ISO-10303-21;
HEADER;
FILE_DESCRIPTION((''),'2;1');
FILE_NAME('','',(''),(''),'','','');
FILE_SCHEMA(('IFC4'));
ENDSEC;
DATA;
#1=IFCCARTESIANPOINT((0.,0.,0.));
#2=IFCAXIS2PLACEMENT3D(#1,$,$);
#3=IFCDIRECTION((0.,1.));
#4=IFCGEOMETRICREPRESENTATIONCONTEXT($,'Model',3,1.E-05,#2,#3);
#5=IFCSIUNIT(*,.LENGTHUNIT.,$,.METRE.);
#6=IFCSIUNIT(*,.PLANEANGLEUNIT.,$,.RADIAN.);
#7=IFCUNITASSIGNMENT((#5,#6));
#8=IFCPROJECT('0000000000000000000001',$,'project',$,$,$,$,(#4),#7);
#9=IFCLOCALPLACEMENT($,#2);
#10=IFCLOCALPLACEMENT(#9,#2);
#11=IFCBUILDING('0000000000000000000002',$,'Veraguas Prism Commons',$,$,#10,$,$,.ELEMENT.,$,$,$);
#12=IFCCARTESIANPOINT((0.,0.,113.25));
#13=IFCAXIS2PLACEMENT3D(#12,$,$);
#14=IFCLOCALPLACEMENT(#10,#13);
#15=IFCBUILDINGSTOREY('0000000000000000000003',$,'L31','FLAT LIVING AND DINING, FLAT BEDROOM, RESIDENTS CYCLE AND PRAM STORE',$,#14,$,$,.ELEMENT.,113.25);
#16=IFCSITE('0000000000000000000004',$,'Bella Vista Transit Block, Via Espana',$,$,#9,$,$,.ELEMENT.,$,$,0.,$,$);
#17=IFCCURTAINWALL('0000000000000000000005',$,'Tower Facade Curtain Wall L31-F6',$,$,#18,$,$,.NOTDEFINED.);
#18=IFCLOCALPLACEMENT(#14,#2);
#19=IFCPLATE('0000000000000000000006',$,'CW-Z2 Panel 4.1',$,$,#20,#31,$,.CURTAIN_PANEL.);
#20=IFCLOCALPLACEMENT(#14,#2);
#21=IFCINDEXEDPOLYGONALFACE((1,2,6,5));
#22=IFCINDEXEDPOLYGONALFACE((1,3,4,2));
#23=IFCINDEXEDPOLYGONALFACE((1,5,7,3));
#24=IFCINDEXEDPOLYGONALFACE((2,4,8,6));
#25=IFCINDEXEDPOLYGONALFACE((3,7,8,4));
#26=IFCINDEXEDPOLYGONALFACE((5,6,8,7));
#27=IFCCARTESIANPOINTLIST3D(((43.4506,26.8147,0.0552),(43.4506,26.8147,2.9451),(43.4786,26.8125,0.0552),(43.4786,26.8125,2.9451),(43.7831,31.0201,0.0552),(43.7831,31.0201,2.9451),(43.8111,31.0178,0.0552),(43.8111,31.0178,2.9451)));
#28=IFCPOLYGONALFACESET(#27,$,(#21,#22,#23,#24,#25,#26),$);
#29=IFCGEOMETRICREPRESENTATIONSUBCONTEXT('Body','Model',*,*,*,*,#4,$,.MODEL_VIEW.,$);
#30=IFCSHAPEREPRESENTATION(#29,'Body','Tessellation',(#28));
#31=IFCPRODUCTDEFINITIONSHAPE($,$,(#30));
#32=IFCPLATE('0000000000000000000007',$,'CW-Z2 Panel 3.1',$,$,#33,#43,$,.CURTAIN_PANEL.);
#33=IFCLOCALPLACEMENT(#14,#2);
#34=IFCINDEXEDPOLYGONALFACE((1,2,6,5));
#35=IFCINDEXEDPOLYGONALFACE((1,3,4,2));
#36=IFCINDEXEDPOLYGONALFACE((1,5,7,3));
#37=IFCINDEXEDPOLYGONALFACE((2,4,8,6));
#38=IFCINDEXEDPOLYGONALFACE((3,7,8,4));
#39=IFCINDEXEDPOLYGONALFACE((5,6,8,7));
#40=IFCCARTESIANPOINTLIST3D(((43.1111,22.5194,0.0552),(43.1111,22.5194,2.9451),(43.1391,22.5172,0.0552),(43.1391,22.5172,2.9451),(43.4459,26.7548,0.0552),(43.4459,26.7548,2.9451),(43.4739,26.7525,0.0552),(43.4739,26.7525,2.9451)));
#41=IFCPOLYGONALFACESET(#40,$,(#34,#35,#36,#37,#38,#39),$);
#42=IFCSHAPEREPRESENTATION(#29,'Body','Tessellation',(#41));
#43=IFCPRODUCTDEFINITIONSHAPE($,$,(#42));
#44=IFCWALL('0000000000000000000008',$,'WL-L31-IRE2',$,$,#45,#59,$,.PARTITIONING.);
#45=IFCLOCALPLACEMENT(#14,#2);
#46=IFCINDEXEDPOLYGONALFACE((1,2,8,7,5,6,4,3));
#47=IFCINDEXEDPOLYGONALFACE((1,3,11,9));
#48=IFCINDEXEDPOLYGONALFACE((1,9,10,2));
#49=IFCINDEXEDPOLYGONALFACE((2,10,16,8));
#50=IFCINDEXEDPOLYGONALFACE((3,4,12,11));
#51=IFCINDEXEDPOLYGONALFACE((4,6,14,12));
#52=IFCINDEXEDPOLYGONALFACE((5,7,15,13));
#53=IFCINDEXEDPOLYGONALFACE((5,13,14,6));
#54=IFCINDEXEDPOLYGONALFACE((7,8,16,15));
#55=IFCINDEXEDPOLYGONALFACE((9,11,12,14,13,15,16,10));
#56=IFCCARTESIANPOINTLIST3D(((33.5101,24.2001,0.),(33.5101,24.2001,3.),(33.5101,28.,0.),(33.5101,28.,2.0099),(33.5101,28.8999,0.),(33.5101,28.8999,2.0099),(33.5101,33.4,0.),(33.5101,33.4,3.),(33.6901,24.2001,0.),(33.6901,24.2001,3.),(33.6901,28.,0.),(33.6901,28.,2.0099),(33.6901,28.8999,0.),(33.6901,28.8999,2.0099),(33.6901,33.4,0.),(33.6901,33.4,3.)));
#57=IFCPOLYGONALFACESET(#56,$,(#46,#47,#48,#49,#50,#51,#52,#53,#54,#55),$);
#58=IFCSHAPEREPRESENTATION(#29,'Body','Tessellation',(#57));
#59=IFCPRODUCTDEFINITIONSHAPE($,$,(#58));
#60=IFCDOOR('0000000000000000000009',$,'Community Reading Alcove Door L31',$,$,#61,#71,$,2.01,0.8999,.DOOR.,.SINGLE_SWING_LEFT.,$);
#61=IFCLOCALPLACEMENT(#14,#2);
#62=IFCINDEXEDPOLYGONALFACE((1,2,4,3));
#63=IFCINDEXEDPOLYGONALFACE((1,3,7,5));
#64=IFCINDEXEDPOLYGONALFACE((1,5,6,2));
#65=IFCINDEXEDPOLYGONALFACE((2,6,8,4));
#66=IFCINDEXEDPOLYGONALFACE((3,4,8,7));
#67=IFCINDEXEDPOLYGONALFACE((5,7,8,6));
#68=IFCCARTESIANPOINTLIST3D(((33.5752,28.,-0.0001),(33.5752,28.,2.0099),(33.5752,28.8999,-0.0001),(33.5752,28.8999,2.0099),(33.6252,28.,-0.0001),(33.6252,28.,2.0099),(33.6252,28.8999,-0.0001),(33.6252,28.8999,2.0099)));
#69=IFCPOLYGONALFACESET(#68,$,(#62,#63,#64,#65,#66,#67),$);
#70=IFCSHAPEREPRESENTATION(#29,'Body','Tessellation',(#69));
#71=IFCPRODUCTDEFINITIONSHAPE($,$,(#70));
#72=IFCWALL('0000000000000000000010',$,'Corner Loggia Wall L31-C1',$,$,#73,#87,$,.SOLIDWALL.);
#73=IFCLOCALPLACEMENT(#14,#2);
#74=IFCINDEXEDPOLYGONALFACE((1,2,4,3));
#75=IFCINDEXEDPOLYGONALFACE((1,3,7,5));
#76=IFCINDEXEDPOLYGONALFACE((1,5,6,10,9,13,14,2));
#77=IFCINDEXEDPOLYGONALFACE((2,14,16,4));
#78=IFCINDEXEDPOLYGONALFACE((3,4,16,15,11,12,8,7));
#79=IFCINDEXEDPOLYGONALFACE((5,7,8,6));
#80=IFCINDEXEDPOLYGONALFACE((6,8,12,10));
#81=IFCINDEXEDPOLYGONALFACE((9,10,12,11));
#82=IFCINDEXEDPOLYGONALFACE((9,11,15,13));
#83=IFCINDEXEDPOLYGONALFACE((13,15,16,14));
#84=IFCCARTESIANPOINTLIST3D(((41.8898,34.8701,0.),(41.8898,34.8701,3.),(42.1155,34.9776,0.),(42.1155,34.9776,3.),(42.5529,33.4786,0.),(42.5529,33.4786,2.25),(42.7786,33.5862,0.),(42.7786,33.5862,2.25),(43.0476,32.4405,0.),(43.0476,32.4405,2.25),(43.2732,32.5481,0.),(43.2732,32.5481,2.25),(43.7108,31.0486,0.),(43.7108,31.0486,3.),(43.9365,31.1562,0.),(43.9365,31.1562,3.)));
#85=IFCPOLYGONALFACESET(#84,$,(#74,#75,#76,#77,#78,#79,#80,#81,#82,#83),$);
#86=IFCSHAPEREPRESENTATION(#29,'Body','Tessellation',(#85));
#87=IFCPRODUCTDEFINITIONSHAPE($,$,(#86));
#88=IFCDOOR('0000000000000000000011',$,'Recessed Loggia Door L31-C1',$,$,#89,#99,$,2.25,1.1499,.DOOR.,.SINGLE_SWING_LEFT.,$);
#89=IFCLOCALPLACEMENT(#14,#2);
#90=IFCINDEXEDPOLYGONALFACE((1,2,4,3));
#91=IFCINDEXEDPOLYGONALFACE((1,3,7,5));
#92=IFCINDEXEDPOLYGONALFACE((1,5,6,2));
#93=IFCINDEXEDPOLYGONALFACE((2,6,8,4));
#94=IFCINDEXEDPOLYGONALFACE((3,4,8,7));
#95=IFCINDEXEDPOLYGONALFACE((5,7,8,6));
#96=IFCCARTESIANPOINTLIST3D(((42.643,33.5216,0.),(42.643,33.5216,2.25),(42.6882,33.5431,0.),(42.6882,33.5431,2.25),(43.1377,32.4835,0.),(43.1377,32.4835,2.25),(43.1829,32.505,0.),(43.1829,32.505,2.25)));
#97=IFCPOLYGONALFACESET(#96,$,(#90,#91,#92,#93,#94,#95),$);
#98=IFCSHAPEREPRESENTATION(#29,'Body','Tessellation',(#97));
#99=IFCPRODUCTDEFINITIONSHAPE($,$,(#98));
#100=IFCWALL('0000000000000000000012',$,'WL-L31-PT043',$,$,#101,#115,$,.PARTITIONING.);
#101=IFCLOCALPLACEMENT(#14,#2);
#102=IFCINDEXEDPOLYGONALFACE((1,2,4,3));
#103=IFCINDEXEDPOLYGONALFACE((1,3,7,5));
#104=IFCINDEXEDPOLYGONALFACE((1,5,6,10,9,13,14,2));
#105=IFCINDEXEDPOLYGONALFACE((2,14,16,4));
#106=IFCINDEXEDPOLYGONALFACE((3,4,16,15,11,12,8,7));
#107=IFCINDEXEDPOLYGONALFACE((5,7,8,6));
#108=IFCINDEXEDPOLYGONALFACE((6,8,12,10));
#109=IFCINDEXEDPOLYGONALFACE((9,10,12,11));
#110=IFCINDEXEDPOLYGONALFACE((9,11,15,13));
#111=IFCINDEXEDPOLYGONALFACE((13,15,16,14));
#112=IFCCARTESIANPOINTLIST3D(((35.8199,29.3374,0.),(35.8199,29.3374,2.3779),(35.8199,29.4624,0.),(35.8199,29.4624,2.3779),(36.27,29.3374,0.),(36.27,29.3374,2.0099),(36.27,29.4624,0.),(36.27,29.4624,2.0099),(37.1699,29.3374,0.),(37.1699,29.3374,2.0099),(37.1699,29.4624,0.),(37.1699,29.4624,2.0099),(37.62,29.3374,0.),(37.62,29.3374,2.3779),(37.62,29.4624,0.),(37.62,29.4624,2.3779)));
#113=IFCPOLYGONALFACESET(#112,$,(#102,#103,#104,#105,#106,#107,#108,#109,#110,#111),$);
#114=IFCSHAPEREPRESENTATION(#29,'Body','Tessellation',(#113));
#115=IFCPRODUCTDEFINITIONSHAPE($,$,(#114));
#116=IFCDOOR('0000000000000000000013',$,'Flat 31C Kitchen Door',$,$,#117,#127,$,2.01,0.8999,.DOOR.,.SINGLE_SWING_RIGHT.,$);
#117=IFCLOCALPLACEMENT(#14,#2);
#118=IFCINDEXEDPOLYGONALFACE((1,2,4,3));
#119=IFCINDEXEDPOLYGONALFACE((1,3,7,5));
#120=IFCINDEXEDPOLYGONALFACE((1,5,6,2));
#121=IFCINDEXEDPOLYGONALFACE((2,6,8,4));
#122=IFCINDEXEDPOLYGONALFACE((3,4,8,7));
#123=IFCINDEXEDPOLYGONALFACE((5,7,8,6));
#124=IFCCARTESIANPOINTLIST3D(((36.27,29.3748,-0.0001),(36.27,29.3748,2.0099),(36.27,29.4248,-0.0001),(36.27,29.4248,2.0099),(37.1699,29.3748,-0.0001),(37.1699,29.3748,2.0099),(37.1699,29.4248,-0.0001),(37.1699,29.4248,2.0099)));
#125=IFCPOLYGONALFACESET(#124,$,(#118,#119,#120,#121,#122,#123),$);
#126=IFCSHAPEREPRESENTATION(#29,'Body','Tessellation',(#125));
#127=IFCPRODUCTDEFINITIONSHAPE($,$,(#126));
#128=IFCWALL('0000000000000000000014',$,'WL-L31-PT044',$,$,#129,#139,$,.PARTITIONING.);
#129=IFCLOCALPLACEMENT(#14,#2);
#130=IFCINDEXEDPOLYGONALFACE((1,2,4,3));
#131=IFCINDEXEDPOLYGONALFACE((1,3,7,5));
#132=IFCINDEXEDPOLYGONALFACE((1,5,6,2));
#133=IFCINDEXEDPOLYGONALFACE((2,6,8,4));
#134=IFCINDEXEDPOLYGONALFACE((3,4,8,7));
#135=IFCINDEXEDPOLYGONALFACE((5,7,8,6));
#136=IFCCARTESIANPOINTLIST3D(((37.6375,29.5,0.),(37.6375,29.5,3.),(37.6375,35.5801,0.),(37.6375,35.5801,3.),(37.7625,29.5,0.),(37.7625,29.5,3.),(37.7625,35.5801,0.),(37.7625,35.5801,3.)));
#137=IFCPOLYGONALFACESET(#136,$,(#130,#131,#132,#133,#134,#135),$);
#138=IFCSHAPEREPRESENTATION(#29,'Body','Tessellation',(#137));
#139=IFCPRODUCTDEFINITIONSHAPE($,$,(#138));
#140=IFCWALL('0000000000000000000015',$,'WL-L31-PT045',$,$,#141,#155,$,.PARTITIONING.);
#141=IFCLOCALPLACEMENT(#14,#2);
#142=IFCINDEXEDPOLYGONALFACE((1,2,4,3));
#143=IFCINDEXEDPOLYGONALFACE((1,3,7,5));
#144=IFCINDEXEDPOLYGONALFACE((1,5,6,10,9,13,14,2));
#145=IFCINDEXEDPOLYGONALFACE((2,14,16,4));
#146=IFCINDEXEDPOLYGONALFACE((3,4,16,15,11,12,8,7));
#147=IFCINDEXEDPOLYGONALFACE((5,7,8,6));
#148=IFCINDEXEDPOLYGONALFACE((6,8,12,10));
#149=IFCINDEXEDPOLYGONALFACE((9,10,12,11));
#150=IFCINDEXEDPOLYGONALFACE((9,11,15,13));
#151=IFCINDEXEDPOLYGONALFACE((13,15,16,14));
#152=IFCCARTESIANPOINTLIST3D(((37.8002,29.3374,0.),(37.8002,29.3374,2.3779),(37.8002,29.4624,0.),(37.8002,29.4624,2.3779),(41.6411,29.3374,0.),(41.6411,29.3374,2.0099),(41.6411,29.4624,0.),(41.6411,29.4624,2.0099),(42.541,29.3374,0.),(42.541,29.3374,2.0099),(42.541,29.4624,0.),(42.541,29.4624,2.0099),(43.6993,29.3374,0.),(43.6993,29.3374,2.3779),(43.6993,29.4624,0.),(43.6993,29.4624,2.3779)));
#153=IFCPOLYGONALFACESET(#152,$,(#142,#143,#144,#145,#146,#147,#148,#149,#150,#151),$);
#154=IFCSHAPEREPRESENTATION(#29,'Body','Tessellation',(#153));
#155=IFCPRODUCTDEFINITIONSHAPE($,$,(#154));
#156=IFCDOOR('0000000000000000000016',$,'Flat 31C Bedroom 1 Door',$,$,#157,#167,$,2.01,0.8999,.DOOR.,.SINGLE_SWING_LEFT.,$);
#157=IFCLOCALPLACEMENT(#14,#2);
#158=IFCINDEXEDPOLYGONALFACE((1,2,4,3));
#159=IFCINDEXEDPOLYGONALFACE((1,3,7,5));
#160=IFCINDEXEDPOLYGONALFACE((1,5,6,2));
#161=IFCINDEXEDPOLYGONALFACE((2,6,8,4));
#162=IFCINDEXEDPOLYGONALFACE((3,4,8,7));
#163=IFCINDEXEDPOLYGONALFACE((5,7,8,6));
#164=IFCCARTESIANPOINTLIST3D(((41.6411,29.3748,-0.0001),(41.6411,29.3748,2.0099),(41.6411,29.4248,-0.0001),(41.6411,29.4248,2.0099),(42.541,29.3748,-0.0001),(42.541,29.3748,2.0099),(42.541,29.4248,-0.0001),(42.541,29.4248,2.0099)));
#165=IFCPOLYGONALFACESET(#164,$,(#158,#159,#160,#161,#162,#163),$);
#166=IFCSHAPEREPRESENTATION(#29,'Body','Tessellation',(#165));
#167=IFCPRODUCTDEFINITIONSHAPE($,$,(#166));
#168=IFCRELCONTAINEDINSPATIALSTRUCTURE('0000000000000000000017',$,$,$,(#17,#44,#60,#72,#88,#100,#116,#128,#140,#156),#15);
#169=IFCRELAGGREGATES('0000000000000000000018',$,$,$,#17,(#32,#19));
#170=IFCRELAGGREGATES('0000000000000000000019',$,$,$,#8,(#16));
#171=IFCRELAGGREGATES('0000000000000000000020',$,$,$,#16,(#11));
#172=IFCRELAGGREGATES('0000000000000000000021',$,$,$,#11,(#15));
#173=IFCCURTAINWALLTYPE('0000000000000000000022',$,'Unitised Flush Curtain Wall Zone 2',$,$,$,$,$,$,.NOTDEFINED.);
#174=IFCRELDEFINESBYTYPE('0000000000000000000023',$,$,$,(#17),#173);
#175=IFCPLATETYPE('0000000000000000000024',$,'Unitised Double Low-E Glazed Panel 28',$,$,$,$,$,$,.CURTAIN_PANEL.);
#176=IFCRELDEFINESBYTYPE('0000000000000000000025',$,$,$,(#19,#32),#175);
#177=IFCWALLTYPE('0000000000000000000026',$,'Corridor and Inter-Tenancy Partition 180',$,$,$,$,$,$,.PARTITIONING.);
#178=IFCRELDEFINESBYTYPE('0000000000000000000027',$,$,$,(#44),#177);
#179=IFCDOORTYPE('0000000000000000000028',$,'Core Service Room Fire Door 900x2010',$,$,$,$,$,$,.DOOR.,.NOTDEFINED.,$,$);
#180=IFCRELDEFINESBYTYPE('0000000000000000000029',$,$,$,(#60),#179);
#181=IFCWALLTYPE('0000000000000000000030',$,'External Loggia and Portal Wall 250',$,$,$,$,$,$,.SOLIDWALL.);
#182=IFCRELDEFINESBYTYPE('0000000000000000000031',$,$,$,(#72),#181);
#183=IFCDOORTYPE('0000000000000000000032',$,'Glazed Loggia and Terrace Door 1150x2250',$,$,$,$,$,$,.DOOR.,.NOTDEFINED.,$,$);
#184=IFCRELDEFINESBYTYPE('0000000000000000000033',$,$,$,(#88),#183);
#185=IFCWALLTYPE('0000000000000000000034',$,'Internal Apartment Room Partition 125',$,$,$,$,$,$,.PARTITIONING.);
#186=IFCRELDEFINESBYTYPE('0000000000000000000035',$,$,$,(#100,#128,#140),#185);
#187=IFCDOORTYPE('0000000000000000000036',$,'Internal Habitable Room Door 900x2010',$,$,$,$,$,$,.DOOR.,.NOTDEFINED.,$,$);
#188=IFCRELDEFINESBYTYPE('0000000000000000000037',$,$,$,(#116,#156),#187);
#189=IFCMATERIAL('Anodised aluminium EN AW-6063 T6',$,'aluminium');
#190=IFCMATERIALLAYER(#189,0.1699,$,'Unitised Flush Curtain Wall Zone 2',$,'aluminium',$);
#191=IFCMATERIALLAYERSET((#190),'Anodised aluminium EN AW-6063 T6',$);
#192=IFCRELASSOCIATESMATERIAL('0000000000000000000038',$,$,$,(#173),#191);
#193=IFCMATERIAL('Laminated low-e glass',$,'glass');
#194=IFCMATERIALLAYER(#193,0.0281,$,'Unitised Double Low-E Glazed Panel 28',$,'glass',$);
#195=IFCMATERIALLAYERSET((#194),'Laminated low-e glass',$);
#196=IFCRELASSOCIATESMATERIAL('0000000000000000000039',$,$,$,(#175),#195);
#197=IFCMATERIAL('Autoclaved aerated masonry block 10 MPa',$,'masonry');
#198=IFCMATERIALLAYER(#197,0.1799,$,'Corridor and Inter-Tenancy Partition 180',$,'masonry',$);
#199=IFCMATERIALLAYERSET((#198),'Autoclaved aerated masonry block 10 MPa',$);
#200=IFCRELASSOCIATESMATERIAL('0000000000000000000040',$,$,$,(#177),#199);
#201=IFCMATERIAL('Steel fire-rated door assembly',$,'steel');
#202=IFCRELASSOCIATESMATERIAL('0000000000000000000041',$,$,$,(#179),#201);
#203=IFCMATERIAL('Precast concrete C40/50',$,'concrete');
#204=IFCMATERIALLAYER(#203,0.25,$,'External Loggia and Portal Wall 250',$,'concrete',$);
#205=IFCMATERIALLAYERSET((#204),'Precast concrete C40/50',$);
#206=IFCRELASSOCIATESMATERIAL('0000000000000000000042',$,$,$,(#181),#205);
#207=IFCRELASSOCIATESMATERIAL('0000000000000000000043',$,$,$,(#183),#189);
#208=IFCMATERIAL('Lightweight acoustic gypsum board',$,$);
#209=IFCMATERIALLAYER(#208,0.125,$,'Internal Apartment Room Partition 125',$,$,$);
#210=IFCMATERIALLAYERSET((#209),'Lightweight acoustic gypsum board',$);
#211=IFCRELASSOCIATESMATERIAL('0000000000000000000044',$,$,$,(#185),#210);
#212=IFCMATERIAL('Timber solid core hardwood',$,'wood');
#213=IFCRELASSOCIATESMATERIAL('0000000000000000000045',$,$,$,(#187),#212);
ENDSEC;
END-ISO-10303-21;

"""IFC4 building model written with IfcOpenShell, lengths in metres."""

from ifc_helpers import new_model, si_unit, direction, frame, frame_2d, origin, origin_2d, place, context, subcontext, project, spatial, rectangle, extrude, source, transform, mapped, material, layer, layer_set, type_object, element, fill, aggregate, save


model = new_model("IFC4")

# Units and contexts
model_context = context("Model", 3, precision=1e-05, world=origin(), true_north=direction((0.0, 1.0)))
body_context = subcontext(model_context, "Body", "Model", "MODEL_VIEW")
ifc_project = project(units=[si_unit("LENGTHUNIT", "METRE"), si_unit("PLANEANGLEUNIT", "RADIAN")], contexts=[model_context])

# Site, building, storey
site_placement = place(None, origin())
site = spatial("IfcSite", under=ifc_project, at=site_placement, Name="Bella Vista Transit Block, Via Espana", CompositionType="ELEMENT", RefElevation=0.0)
building_placement = place(site_placement, origin())
building = spatial("IfcBuilding", under=site, at=building_placement, Name="Veraguas Prism Commons", CompositionType="ELEMENT")
storey_placement = place(building_placement, frame((0.0, 0.0, 113.25)))
storey = spatial("IfcBuildingStorey", under=building, at=storey_placement, Name="L31", Description="FLAT LIVING AND DINING, FLAT BEDROOM, RESIDENTS CYCLE AND PRAM STORE", CompositionType="ELEMENT", Elevation=113.25)

# Curtain wall, plates
ifc_material_1 = material(Name="Anodised aluminium EN AW-6063 T6", Category="aluminium")
ifc_layer_1 = layer(ifc_material_1, 0.1699, Name="Unitised Flush Curtain Wall Zone 2", Category="aluminium")
ifc_layer_set_1 = layer_set([ifc_layer_1], Name="Anodised aluminium EN AW-6063 T6")
curtain_wall_type = type_object("IfcCurtainWallType", Name="Unitised Flush Curtain Wall Zone 2", PredefinedType="NOTDEFINED", material=ifc_layer_set_1)
curtain_wall_placement = place(storey_placement, origin())
curtain_wall = element("IfcCurtainWall", 1, at=curtain_wall_placement, inside=storey, type_object=curtain_wall_type, Name="Tower Facade Curtain Wall L31-F6", PredefinedType="NOTDEFINED")
ifc_material_2 = material(Name="Laminated low-e glass", Category="glass")
ifc_layer_2 = layer(ifc_material_2, 0.0281, Name="Unitised Double Low-E Glazed Panel 28", Category="glass")
ifc_layer_set_2 = layer_set([ifc_layer_2], Name="Laminated low-e glass")
plate_type = type_object("IfcPlateType", Name="Unitised Double Low-E Glazed Panel 28", PredefinedType="CURTAIN_PANEL", material=ifc_layer_set_2)
shared_shape_1 = source(origin(), body_context, "Body", "SweptSolid", [
    extrude(rectangle(XDim=4.2185, YDim=0.0281, at=origin_2d()), origin(), (0.0, 0.0, 1.0), 2.8899),
])
plate_1_placement = place(storey_placement, frame((43.6309, 28.9163, 0.0552), z_axis=(0.0, 0.0, 1.0), x_axis=(0.078807, 0.99689, 0.0)))
plate_1 = element("IfcPlate", 2, at=plate_1_placement, type_object=plate_type, Name="CW-Z2 Panel 4.1", PredefinedType="CURTAIN_PANEL", context=body_context, shape_type="MappedRepresentation", body=[
    mapped(shared_shape_1, transform((0.0, 0.0, 0.0), scale=1.0)),
])
shared_shape_2 = source(origin(), body_context, "Body", "SweptSolid", [
    extrude(rectangle(XDim=4.2485, YDim=0.0281, at=origin_2d()), origin(), (0.0, 0.0, 1.0), 2.8899),
])
plate_2_placement = place(storey_placement, frame((43.2925, 24.636, 0.0552), z_axis=(0.0, 0.0, 1.0), x_axis=(0.078807, 0.99689, 0.0)))
plate_2 = element("IfcPlate", 3, at=plate_2_placement, type_object=plate_type, Name="CW-Z2 Panel 3.1", PredefinedType="CURTAIN_PANEL", context=body_context, shape_type="MappedRepresentation", body=[
    mapped(shared_shape_2, transform((0.0, 0.0, 0.0), scale=1.0)),
])
aggregate(curtain_wall, [plate_2, plate_1])

# Walls, openings, doors
ifc_material_3 = material(Name="Autoclaved aerated masonry block 10 MPa", Category="masonry")
ifc_layer_3 = layer(ifc_material_3, 0.1799, Name="Corridor and Inter-Tenancy Partition 180", Category="masonry")
ifc_layer_set_3 = layer_set([ifc_layer_3], Name="Autoclaved aerated masonry block 10 MPa")
wall_type_1 = type_object("IfcWallType", Name="Corridor and Inter-Tenancy Partition 180", PredefinedType="PARTITIONING", material=ifc_layer_set_3)
wall_1_placement = place(storey_placement, frame((33.6001, 24.2, 0.0), z_axis=(0.0, 0.0, 1.0), x_axis=(0.0, 1.0, 0.0)))
wall_1 = element("IfcWall", 4, at=wall_1_placement, inside=storey, type_object=wall_type_1, Name="WL-L31-IRE2", PredefinedType="PARTITIONING", context=body_context, shape_type="SweptSolid", body=[
    extrude(rectangle(XDim=9.2, YDim=0.1799, at=frame_2d((4.6001, 0.0))), origin(), (0.0, 0.0, 1.0), 3.0),
])
opening_1_placement = place(wall_1_placement, frame((3.8, 0.0, 0.0)))
opening_1 = element("IfcOpeningElement", 5, at=opening_1_placement, cuts=wall_1, PredefinedType="OPENING", context=body_context, shape_type="SweptSolid", body=[
    extrude(rectangle(XDim=0.8999, YDim=2.01, at=frame_2d((0.45, 1.0049))), frame((0.0, 0.0999, 0.0), z_axis=(0.0, -1.0, 0.0), x_axis=(1.0, 0.0, 0.0)), (0.0, 0.0, 1.0), 0.2),
])
ifc_material_4 = material(Name="Steel fire-rated door assembly", Category="steel")
door_type_1 = type_object("IfcDoorType", Name="Core Service Room Fire Door 900x2010", OperationType="NOTDEFINED", PredefinedType="DOOR", material=ifc_material_4)
shared_shape_3 = source(origin(), body_context, "Body", "SweptSolid", [
    extrude(rectangle(XDim=0.8999, YDim=2.01, at=frame_2d((0.45, 1.0049))), frame((0.0, 0.0249, 0.0), z_axis=(0.0, -1.0, 0.0), x_axis=(1.0, 0.0, 0.0)), (0.0, 0.0, 1.0), 0.05),
])
door_1_placement = place(opening_1_placement, origin())
door_1 = element("IfcDoor", 6, at=door_1_placement, inside=storey, type_object=door_type_1, Name="Community Reading Alcove Door L31", OperationType="SINGLE_SWING_LEFT", OverallHeight=2.01, OverallWidth=0.8999, PredefinedType="DOOR", context=body_context, shape_type="MappedRepresentation", body=[
    mapped(shared_shape_3, transform((0.0, 0.0, 0.0), scale=1.0)),
])
fill(opening_1, door_1)
ifc_material_5 = material(Name="Precast concrete C40/50", Category="concrete")
ifc_layer_4 = layer(ifc_material_5, 0.25, Name="External Loggia and Portal Wall 250", Category="concrete")
ifc_layer_set_4 = layer_set([ifc_layer_4], Name="Precast concrete C40/50")
wall_type_2 = type_object("IfcWallType", Name="External Loggia and Portal Wall 250", PredefinedType="SOLIDWALL", material=ifc_layer_set_4)
wall_2_placement = place(storey_placement, frame((43.8237, 31.1023, 0.0), z_axis=(0.0, 0.0, 1.0), x_axis=(-0.430178, 0.902744, 0.0)))
wall_2 = element("IfcWall", 7, at=wall_2_placement, inside=storey, type_object=wall_type_2, Name="Corner Loggia Wall L31-C1", PredefinedType="SOLIDWALL", context=body_context, shape_type="SweptSolid", body=[
    extrude(rectangle(XDim=4.2332, YDim=0.25, at=frame_2d((2.1167, 0.0))), origin(), (0.0, 0.0, 1.0), 3.0),
])
opening_2_placement = place(wall_2_placement, frame((1.542, 0.0, 0.0)))
opening_2 = element("IfcOpeningElement", 8, at=opening_2_placement, cuts=wall_2, PredefinedType="OPENING", context=body_context, shape_type="SweptSolid", body=[
    extrude(rectangle(XDim=1.1499, YDim=2.25, at=frame_2d((0.575, 1.125))), frame((0.0, 0.135, 0.0), z_axis=(0.0, -1.0, 0.0), x_axis=(1.0, 0.0, 0.0)), (0.0, 0.0, 1.0), 0.27),
])
door_type_2 = type_object("IfcDoorType", Name="Glazed Loggia and Terrace Door 1150x2250", OperationType="NOTDEFINED", PredefinedType="DOOR", material=ifc_material_1)
shared_shape_4 = source(origin(), body_context, "Body", "SweptSolid", [
    extrude(rectangle(XDim=1.1499, YDim=2.25, at=frame_2d((0.575, 1.125))), frame((0.0, 0.0249, 0.0), z_axis=(0.0, -1.0, 0.0), x_axis=(1.0, 0.0, 0.0)), (0.0, 0.0, 1.0), 0.05),
])
door_2_placement = place(opening_2_placement, frame((1.1499, 0.0, 0.0), z_axis=(0.0, 0.0, 1.0), x_axis=(-1.0, 0.0, 0.0)))
door_2 = element("IfcDoor", 9, at=door_2_placement, inside=storey, type_object=door_type_2, Name="Recessed Loggia Door L31-C1", OperationType="SINGLE_SWING_LEFT", OverallHeight=2.25, OverallWidth=1.1499, PredefinedType="DOOR", context=body_context, shape_type="MappedRepresentation", body=[
    mapped(shared_shape_4, transform((0.0, 0.0, 0.0), scale=1.0)),
])
fill(opening_2, door_2)
ifc_material_6 = material(Name="Lightweight acoustic gypsum board")
ifc_layer_5 = layer(ifc_material_6, 0.125, Name="Internal Apartment Room Partition 125")
ifc_layer_set_5 = layer_set([ifc_layer_5], Name="Lightweight acoustic gypsum board")
wall_type_3 = type_object("IfcWallType", Name="Internal Apartment Room Partition 125", PredefinedType="PARTITIONING", material=ifc_layer_set_5)
wall_3_placement = place(storey_placement, frame((35.8201, 29.3999, 0.0), z_axis=(0.0, 0.0, 1.0), x_axis=(1.0, 0.0, 0.0)))
wall_3 = element("IfcWall", 10, at=wall_3_placement, inside=storey, type_object=wall_type_3, Name="WL-L31-PT043", PredefinedType="PARTITIONING", context=body_context, shape_type="SweptSolid", body=[
    extrude(rectangle(XDim=1.8, YDim=0.125, at=frame_2d((0.8999, 0.0))), origin(), (0.0, 0.0, 1.0), 2.3779),
])
opening_3_placement = place(wall_3_placement, frame((0.45, 0.0, 0.0)))
opening_3 = element("IfcOpeningElement", 11, at=opening_3_placement, cuts=wall_3, PredefinedType="OPENING", context=body_context, shape_type="SweptSolid", body=[
    extrude(rectangle(XDim=0.8999, YDim=2.01, at=frame_2d((0.45, 1.0049))), frame((0.0, 0.0725, 0.0), z_axis=(0.0, -1.0, 0.0), x_axis=(1.0, 0.0, 0.0)), (0.0, 0.0, 1.0), 0.145),
])
ifc_material_7 = material(Name="Timber solid core hardwood", Category="wood")
door_type_3 = type_object("IfcDoorType", Name="Internal Habitable Room Door 900x2010", OperationType="NOTDEFINED", PredefinedType="DOOR", material=ifc_material_7)
door_3_placement = place(opening_3_placement, origin())
door_3 = element("IfcDoor", 12, at=door_3_placement, inside=storey, type_object=door_type_3, Name="Flat 31C Kitchen Door", OperationType="SINGLE_SWING_RIGHT", OverallHeight=2.01, OverallWidth=0.8999, PredefinedType="DOOR", context=body_context, shape_type="MappedRepresentation", body=[
    mapped(shared_shape_3, transform((0.0, 0.0, 0.0), scale=1.0)),
])
fill(opening_3, door_3)

# Wall
wall_4_placement = place(storey_placement, frame((37.7, 29.5, 0.0), z_axis=(0.0, 0.0, 1.0), x_axis=(0.0, 1.0, 0.0)))
element("IfcWall", 13, at=wall_4_placement, inside=storey, type_object=wall_type_3, Name="WL-L31-PT044", PredefinedType="PARTITIONING", context=body_context, shape_type="SweptSolid", body=[
    extrude(rectangle(XDim=6.0801, YDim=0.125, at=frame_2d((3.04, 0.0))), origin(), (0.0, 0.0, 1.0), 3.0),
])

# Wall, opening, door
wall_5_placement = place(storey_placement, frame((37.8, 29.3999, 0.0), z_axis=(0.0, 0.0, 1.0), x_axis=(1.0, 0.0, 0.0)))
wall_5 = element("IfcWall", 14, at=wall_5_placement, inside=storey, type_object=wall_type_3, Name="WL-L31-PT045", PredefinedType="PARTITIONING", context=body_context, shape_type="SweptSolid", body=[
    extrude(rectangle(XDim=5.8992, YDim=0.125, at=frame_2d((2.9497, 0.0))), origin(), (0.0, 0.0, 1.0), 2.3779),
])
opening_4_placement = place(wall_5_placement, frame((3.8411, 0.0, 0.0)))
opening_4 = element("IfcOpeningElement", 15, at=opening_4_placement, cuts=wall_5, PredefinedType="OPENING", context=body_context, shape_type="SweptSolid", body=[
    extrude(rectangle(XDim=0.8999, YDim=2.01, at=frame_2d((0.45, 1.0049))), frame((0.0, 0.0725, 0.0), z_axis=(0.0, -1.0, 0.0), x_axis=(1.0, 0.0, 0.0)), (0.0, 0.0, 1.0), 0.145),
])
door_4_placement = place(opening_4_placement, origin())
door_4 = element("IfcDoor", 16, at=door_4_placement, inside=storey, type_object=door_type_3, Name="Flat 31C Bedroom 1 Door", OperationType="SINGLE_SWING_LEFT", OverallHeight=2.01, OverallWidth=0.8999, PredefinedType="DOOR", context=body_context, shape_type="MappedRepresentation", body=[
    mapped(shared_shape_3, transform((0.0, 0.0, 0.0), scale=1.0)),
])
fill(opening_4, door_4)

save(model, "model.ifc")
